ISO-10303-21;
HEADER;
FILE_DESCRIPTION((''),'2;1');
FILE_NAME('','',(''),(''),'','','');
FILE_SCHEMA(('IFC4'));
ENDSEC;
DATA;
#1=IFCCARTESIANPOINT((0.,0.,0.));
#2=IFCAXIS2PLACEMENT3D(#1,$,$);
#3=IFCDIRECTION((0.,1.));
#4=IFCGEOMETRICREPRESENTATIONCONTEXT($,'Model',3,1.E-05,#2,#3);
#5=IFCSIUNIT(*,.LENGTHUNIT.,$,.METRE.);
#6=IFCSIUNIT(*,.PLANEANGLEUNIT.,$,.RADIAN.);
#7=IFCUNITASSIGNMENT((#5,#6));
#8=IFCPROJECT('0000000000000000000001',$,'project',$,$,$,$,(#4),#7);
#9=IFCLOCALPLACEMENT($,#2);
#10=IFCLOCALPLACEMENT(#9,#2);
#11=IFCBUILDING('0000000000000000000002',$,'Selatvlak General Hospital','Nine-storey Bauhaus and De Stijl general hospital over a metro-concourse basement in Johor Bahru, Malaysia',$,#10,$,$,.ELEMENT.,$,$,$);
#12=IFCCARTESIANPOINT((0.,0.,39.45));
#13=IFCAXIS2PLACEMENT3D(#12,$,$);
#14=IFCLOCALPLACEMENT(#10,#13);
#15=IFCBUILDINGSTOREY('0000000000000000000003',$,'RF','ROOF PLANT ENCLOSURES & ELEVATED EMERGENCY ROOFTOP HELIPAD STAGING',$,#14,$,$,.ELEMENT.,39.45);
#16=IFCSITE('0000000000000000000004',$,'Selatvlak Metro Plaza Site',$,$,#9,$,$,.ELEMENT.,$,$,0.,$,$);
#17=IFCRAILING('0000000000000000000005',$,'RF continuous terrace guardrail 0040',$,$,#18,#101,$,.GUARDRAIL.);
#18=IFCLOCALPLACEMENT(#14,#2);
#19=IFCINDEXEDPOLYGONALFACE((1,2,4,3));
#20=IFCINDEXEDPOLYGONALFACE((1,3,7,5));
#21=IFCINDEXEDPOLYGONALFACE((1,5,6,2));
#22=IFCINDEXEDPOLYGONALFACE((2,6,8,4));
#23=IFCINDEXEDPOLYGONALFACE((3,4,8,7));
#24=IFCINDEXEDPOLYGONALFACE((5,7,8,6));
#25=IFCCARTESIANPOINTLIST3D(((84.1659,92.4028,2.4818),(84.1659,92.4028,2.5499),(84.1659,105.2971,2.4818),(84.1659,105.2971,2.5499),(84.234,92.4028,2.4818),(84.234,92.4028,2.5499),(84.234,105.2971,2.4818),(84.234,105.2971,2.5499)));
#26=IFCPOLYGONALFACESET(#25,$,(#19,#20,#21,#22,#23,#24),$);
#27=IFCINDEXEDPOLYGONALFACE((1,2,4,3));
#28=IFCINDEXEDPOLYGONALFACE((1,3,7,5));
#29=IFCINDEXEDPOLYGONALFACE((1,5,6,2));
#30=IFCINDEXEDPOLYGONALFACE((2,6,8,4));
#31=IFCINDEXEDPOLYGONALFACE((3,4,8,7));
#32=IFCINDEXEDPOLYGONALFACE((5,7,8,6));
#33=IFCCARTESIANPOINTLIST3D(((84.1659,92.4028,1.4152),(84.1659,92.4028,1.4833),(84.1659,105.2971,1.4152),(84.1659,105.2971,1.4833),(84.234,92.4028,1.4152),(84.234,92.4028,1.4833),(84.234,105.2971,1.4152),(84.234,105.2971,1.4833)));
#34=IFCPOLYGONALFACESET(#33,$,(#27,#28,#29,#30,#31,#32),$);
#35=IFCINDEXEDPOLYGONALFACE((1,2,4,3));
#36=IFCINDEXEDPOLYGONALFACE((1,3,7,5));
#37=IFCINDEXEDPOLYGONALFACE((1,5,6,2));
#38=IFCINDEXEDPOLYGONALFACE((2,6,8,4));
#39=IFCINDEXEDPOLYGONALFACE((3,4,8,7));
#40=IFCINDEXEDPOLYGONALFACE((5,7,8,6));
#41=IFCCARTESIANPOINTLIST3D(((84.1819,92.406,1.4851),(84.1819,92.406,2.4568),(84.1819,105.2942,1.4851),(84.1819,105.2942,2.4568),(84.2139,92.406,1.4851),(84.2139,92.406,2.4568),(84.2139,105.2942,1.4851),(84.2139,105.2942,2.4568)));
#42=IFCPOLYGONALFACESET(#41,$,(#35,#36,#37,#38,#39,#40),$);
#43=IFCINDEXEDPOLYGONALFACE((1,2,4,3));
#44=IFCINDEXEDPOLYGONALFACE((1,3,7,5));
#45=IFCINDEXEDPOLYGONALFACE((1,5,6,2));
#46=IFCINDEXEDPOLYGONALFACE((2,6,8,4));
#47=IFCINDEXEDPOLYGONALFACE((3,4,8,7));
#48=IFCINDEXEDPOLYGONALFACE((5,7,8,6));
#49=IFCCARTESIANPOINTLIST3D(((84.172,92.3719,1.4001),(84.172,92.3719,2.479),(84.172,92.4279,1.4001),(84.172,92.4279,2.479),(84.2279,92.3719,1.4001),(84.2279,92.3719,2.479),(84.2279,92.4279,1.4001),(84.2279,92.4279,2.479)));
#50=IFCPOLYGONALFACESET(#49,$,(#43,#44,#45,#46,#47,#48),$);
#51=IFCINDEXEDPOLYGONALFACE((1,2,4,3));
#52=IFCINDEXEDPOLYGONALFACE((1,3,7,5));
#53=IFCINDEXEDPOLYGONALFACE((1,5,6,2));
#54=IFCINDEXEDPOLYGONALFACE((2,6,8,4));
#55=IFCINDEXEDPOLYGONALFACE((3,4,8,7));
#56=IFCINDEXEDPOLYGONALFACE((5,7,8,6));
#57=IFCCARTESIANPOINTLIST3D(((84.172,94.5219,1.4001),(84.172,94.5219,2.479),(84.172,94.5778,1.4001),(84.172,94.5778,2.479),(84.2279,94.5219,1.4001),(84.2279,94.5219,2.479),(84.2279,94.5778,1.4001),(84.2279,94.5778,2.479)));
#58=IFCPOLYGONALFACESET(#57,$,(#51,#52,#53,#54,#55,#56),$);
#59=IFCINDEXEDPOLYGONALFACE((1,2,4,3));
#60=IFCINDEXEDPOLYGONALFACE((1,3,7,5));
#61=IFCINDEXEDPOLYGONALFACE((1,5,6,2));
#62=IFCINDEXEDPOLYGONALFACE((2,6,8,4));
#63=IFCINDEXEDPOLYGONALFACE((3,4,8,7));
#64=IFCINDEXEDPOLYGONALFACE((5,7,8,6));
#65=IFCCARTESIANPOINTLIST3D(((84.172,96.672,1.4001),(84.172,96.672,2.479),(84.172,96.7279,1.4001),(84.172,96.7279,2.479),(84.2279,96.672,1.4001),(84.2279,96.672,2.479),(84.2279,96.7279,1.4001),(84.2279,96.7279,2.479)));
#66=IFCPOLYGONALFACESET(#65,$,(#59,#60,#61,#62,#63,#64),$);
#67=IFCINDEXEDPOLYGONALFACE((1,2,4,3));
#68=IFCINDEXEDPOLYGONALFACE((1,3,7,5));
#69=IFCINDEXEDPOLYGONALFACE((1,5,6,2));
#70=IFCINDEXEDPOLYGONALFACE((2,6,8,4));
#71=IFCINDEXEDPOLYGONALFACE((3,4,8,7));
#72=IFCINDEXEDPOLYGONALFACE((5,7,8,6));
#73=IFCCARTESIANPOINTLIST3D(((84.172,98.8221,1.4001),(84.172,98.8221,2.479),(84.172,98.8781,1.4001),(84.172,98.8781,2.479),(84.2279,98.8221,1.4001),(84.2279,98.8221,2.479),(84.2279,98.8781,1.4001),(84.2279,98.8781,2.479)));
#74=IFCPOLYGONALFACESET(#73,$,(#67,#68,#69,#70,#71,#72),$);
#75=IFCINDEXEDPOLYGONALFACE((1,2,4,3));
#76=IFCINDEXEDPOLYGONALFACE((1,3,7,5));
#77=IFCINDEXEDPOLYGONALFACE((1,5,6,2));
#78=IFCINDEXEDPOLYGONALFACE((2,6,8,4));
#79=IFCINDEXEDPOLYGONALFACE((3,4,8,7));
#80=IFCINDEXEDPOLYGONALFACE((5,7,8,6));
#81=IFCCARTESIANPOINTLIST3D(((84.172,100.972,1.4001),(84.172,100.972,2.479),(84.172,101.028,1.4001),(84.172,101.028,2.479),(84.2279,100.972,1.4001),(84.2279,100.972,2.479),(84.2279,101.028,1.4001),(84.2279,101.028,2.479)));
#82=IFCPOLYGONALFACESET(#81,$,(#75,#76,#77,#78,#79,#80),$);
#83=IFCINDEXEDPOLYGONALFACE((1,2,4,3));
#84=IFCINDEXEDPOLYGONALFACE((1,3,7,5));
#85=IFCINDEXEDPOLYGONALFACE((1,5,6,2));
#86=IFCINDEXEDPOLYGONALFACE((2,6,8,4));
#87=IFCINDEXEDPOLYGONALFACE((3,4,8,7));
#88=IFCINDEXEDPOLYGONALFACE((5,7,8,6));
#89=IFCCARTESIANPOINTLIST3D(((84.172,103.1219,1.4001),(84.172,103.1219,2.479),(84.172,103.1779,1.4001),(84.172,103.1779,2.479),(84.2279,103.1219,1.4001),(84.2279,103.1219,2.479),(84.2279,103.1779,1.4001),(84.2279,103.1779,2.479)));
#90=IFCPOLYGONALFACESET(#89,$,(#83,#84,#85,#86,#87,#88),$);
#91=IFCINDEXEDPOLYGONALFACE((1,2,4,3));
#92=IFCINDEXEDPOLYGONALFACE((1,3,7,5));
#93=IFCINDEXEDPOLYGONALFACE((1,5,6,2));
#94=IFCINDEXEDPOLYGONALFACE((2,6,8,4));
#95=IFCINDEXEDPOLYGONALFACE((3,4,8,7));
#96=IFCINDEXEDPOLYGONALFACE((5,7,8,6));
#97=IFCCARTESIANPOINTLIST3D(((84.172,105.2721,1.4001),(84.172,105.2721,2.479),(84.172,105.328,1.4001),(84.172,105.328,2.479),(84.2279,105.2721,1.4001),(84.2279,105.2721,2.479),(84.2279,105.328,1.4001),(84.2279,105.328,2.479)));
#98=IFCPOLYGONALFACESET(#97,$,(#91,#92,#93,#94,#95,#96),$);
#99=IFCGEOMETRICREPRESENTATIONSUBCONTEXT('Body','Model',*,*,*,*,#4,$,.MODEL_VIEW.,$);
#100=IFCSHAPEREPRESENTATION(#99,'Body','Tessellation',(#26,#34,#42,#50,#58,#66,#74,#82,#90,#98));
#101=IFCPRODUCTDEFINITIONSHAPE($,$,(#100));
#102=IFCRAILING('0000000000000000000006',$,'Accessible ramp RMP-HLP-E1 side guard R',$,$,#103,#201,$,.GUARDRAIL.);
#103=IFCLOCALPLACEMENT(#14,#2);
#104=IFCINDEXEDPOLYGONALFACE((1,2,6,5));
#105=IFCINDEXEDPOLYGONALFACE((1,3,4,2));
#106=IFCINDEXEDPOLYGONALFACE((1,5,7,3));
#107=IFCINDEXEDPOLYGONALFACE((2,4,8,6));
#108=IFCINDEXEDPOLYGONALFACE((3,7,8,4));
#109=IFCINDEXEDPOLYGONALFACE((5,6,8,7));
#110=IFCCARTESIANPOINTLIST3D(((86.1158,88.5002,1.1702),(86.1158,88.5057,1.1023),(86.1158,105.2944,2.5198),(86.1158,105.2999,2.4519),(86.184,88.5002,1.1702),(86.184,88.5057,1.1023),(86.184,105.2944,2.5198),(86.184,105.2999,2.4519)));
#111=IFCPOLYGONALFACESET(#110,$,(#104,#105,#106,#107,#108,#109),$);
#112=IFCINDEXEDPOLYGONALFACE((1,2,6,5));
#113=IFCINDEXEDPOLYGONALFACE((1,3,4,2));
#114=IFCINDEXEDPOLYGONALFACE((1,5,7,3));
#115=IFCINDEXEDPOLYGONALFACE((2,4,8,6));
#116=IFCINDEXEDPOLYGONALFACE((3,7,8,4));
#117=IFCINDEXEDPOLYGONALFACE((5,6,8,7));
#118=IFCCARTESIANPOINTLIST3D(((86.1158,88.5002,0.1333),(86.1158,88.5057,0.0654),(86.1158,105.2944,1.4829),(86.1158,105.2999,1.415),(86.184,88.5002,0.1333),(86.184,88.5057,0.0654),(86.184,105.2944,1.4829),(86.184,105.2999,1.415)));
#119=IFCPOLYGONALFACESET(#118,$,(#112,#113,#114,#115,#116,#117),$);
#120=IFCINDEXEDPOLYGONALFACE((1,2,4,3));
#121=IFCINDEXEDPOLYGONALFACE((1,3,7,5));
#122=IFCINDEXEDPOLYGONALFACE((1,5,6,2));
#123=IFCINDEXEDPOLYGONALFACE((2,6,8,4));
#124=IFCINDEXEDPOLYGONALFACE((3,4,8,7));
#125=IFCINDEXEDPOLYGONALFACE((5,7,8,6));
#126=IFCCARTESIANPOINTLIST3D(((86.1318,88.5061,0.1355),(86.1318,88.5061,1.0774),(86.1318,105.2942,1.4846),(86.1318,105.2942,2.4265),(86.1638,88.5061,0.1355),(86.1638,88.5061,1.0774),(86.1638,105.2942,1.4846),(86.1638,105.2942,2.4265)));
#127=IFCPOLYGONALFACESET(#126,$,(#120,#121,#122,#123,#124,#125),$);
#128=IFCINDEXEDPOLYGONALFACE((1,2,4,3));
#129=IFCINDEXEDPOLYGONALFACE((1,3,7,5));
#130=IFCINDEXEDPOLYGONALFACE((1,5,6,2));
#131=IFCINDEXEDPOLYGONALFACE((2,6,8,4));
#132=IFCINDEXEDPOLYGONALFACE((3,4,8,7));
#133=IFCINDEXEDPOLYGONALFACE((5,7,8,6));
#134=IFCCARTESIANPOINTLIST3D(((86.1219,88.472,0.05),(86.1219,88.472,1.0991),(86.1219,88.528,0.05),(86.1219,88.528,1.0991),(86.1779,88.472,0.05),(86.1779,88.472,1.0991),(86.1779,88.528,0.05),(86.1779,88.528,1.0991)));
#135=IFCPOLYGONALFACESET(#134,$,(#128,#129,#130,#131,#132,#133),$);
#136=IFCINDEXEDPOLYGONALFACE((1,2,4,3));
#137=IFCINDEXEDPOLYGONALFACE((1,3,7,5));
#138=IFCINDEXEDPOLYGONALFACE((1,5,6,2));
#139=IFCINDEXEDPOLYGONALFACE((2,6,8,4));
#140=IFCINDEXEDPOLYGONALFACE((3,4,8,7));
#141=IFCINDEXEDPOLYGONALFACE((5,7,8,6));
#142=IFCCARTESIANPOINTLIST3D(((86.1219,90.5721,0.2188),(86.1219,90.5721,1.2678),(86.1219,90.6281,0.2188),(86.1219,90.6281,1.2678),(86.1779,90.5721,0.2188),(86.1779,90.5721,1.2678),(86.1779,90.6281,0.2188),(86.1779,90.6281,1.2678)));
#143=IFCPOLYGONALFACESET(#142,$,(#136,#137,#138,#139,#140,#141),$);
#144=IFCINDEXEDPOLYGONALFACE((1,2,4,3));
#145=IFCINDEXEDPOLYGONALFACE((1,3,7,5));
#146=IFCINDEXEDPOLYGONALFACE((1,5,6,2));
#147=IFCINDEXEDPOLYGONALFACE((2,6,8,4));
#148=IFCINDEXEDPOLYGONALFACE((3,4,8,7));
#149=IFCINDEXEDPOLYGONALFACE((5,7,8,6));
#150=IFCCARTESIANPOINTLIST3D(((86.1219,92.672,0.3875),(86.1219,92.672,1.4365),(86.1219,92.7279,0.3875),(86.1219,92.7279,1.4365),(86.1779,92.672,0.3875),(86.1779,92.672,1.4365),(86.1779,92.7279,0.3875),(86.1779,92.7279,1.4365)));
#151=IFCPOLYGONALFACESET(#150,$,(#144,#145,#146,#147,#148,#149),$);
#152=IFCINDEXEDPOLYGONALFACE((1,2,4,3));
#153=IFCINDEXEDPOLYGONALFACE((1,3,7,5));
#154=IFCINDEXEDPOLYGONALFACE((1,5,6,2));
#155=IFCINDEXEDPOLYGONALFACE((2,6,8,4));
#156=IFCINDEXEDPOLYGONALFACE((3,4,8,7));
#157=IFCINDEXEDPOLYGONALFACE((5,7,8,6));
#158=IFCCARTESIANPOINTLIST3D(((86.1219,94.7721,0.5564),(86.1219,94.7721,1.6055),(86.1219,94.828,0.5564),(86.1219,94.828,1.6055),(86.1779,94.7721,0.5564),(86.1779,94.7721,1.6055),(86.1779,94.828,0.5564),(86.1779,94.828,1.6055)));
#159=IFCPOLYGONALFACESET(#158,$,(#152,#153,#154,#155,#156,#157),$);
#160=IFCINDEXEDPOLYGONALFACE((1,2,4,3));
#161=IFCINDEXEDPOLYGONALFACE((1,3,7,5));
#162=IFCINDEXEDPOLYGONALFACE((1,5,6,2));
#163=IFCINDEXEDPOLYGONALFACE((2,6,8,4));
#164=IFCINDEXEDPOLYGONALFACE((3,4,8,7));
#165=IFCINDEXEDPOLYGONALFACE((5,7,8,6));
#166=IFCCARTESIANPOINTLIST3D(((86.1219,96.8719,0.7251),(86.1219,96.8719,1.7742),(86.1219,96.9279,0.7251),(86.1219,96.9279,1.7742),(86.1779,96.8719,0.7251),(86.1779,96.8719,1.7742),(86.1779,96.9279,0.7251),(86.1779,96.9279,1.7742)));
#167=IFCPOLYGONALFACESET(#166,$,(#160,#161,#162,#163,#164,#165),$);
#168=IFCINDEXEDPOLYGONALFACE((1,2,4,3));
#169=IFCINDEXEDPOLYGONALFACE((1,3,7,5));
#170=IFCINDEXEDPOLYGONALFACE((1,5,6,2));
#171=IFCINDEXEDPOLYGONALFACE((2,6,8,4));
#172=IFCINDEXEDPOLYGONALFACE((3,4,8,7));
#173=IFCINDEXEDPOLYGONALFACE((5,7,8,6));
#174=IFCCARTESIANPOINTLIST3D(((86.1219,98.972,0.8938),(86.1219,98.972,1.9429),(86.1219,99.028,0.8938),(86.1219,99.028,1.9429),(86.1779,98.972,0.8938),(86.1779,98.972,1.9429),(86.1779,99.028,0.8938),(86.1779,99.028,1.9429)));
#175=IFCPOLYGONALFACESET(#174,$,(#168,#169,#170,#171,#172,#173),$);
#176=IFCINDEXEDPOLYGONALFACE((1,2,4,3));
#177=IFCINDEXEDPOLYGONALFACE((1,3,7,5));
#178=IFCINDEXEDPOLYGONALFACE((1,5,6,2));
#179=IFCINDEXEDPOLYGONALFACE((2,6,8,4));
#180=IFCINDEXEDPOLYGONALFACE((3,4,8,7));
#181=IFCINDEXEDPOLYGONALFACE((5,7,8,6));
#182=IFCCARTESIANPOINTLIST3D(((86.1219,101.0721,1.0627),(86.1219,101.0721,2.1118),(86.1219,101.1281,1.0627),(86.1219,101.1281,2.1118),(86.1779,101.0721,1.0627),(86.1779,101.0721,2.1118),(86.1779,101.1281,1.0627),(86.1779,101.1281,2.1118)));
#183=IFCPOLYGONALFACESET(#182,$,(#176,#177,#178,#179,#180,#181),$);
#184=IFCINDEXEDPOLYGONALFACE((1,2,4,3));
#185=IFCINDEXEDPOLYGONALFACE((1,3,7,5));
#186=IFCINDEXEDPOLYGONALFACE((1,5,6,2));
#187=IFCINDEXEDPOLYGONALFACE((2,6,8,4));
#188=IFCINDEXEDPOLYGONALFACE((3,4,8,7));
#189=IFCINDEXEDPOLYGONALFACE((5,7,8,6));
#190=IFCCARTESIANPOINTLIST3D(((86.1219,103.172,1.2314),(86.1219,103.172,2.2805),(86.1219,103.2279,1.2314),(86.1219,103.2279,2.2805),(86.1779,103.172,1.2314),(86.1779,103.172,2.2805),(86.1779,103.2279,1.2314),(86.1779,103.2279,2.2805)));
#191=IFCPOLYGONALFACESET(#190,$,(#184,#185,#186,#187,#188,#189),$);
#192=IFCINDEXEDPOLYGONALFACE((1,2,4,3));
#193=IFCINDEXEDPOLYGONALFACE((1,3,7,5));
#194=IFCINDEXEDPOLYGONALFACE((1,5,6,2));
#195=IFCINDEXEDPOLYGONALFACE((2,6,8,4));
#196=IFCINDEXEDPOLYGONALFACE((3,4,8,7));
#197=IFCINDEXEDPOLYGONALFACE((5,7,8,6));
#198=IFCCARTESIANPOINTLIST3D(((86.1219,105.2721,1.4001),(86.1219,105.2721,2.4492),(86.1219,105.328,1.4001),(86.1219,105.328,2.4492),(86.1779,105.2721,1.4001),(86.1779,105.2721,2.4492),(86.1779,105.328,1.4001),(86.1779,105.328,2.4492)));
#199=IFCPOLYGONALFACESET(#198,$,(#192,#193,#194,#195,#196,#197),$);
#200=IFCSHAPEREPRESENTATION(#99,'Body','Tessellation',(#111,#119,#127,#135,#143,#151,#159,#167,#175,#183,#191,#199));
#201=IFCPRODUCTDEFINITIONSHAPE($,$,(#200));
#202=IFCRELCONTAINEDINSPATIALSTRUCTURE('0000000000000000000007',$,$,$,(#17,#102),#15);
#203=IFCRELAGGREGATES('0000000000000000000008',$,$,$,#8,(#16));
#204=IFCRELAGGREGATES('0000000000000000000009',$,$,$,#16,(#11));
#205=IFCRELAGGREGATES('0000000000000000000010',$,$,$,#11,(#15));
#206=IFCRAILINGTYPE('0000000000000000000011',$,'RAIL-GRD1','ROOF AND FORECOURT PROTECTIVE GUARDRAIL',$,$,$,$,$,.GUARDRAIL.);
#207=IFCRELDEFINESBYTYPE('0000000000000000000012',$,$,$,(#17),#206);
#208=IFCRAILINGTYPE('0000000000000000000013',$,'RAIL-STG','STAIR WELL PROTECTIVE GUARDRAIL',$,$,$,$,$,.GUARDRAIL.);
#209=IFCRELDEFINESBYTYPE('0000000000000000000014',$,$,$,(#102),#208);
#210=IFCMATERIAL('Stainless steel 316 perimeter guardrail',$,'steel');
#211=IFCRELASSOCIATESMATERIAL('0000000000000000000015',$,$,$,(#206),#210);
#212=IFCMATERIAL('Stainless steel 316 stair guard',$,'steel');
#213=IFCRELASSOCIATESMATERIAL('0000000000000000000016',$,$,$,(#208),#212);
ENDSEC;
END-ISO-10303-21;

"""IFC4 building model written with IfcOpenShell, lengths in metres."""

from ifc_helpers import new_model, si_unit, direction, frame, origin, origin_2d, place, context, subcontext, project, spatial, polyline, rectangle, outline, extrude, material, type_object, element, save


model = new_model("IFC4")

# Units and contexts
model_context = context("Model", 3, precision=1e-05, world=origin(), true_north=direction((0.0, 1.0)))
body_context = subcontext(model_context, "Body", "Model", "MODEL_VIEW")
ifc_project = project(units=[si_unit("LENGTHUNIT", "METRE"), si_unit("PLANEANGLEUNIT", "RADIAN")], contexts=[model_context])

# Site, building, storey
site_placement = place(None, origin())
site = spatial("IfcSite", under=ifc_project, at=site_placement, Name="Selatvlak Metro Plaza Site", CompositionType="ELEMENT", RefElevation=0.0)
building_placement = place(site_placement, origin())
building = spatial("IfcBuilding", under=site, at=building_placement, Name="Selatvlak General Hospital", Description="Nine-storey Bauhaus and De Stijl general hospital over a metro-concourse basement in Johor Bahru, Malaysia", CompositionType="ELEMENT")
storey_placement = place(building_placement, frame((0.0, 0.0, 39.45)))
storey = spatial("IfcBuildingStorey", under=building, at=storey_placement, Name="RF", Description="ROOF PLANT ENCLOSURES & ELEVATED EMERGENCY ROOFTOP HELIPAD STAGING", CompositionType="ELEMENT", Elevation=39.45)

# Railings
ifc_material_1 = material(Name="Stainless steel 316 perimeter guardrail", Category="steel")
railing_type_1 = type_object("IfcRailingType", Name="RAIL-GRD1", Description="ROOF AND FORECOURT PROTECTIVE GUARDRAIL", PredefinedType="GUARDRAIL", material=ifc_material_1)
railing_1_placement = place(storey_placement, frame((84.2, 92.3999, 1.4001)))
element("IfcRailing", 1, at=railing_1_placement, inside=storey, type_object=railing_type_1, Name="RF continuous terrace guardrail 0040", PredefinedType="GUARDRAIL", context=body_context, shape_type="SweptSolid", body=[
    extrude(rectangle(XDim=0.0681, YDim=0.0681, at=origin_2d()), frame((0.0, 0.0029, 1.1157), z_axis=(0.0, 1.0, 0.0), x_axis=(-1.0, 0.0, 0.0)), (0.0, 0.0, 1.0), 12.8943),
    extrude(rectangle(XDim=0.0681, YDim=0.0681, at=origin_2d()), frame((0.0, 0.0029, 0.0491), z_axis=(0.0, 1.0, 0.0), x_axis=(-1.0, 0.0, 0.0)), (0.0, 0.0, 1.0), 12.8943),
    extrude(outline(polyline([(0.0, 0.0), (12.8882, 0.0), (12.8882, 0.9717), (0.0, 0.9717), (0.0, 0.0)])), frame((-0.0181, 0.0061, 0.085), z_axis=(1.0, 0.0, 0.0), x_axis=(0.0, 1.0, 0.0)), (0.0, 0.0, 1.0), 0.032),
    extrude(rectangle(XDim=0.0559, YDim=0.0559, at=origin_2d()), origin(), (0.0, 0.0, 1.0), 1.0789),
    extrude(rectangle(XDim=0.0559, YDim=0.0559, at=origin_2d()), frame((0.0, 2.1499, 0.0)), (0.0, 0.0, 1.0), 1.0789),
    extrude(rectangle(XDim=0.0559, YDim=0.0559, at=origin_2d()), frame((0.0, 4.3, 0.0)), (0.0, 0.0, 1.0), 1.0789),
    extrude(rectangle(XDim=0.0559, YDim=0.0559, at=origin_2d()), frame((0.0, 6.4502, 0.0)), (0.0, 0.0, 1.0), 1.0789),
    extrude(rectangle(XDim=0.0559, YDim=0.0559, at=origin_2d()), frame((0.0, 8.6001, 0.0)), (0.0, 0.0, 1.0), 1.0789),
    extrude(rectangle(XDim=0.0559, YDim=0.0559, at=origin_2d()), frame((0.0, 10.75, 0.0)), (0.0, 0.0, 1.0), 1.0789),
    extrude(rectangle(XDim=0.0559, YDim=0.0559, at=origin_2d()), frame((0.0, 12.9001, 0.0)), (0.0, 0.0, 1.0), 1.0789),
])
ifc_material_2 = material(Name="Stainless steel 316 stair guard", Category="steel")
railing_type_2 = type_object("IfcRailingType", Name="RAIL-STG", Description="STAIR WELL PROTECTIVE GUARDRAIL", PredefinedType="GUARDRAIL", material=ifc_material_2)
railing_2_placement = place(storey_placement, frame((86.1499, 88.5, 0.05)))
element("IfcRailing", 2, at=railing_2_placement, inside=storey, type_object=railing_type_2, Name="Accessible ramp RMP-HLP-E1 side guard R", PredefinedType="GUARDRAIL", context=body_context, shape_type="SweptSolid", body=[
    extrude(rectangle(XDim=0.0681, YDim=0.0681, at=origin_2d()), frame((0.0, 0.0029, 1.0862), z_axis=(0.0, 0.996786, 0.080104), x_axis=(-1.0, 0.0, 0.0)), (0.0, 0.0, 1.0), 16.8484),
    extrude(rectangle(XDim=0.0681, YDim=0.0681, at=origin_2d()), frame((0.0, 0.0029, 0.0493), z_axis=(0.0, 0.996786, 0.080104), x_axis=(-1.0, 0.0, 0.0)), (0.0, 0.0, 1.0), 16.8484),
    extrude(outline(polyline([(0.0, 0.0), (16.7881, 1.3491), (16.7881, 2.291), (0.0, 0.9419), (0.0, 0.0)])), frame((-0.0181, 0.0061, 0.0854), z_axis=(1.0, 0.0, 0.0), x_axis=(0.0, 1.0, 0.0)), (0.0, 0.0, 1.0), 0.032),
    extrude(rectangle(XDim=0.0559, YDim=0.0559, at=origin_2d()), origin(), (0.0, 0.0, 1.0), 1.0491),
    extrude(rectangle(XDim=0.0559, YDim=0.0559, at=origin_2d()), frame((0.0, 2.1001, 0.1687)), (0.0, 0.0, 1.0), 1.0491),
    extrude(rectangle(XDim=0.0559, YDim=0.0559, at=origin_2d()), frame((0.0, 4.2, 0.3374)), (0.0, 0.0, 1.0), 1.0491),
    extrude(rectangle(XDim=0.0559, YDim=0.0559, at=origin_2d()), frame((0.0, 6.3, 0.5063)), (0.0, 0.0, 1.0), 1.0491),
    extrude(rectangle(XDim=0.0559, YDim=0.0559, at=origin_2d()), frame((0.0, 8.3999, 0.675)), (0.0, 0.0, 1.0), 1.0491),
    extrude(rectangle(XDim=0.0559, YDim=0.0559, at=origin_2d()), frame((0.0, 10.5, 0.8438)), (0.0, 0.0, 1.0), 1.0491),
    extrude(rectangle(XDim=0.0559, YDim=0.0559, at=origin_2d()), frame((0.0, 12.6001, 1.0127)), (0.0, 0.0, 1.0), 1.0491),
    extrude(rectangle(XDim=0.0559, YDim=0.0559, at=origin_2d()), frame((0.0, 14.7, 1.1814)), (0.0, 0.0, 1.0), 1.0491),
    extrude(rectangle(XDim=0.0559, YDim=0.0559, at=origin_2d()), frame((0.0, 16.8, 1.3501)), (0.0, 0.0, 1.0), 1.0491),
])

save(model, "model.ifc")
